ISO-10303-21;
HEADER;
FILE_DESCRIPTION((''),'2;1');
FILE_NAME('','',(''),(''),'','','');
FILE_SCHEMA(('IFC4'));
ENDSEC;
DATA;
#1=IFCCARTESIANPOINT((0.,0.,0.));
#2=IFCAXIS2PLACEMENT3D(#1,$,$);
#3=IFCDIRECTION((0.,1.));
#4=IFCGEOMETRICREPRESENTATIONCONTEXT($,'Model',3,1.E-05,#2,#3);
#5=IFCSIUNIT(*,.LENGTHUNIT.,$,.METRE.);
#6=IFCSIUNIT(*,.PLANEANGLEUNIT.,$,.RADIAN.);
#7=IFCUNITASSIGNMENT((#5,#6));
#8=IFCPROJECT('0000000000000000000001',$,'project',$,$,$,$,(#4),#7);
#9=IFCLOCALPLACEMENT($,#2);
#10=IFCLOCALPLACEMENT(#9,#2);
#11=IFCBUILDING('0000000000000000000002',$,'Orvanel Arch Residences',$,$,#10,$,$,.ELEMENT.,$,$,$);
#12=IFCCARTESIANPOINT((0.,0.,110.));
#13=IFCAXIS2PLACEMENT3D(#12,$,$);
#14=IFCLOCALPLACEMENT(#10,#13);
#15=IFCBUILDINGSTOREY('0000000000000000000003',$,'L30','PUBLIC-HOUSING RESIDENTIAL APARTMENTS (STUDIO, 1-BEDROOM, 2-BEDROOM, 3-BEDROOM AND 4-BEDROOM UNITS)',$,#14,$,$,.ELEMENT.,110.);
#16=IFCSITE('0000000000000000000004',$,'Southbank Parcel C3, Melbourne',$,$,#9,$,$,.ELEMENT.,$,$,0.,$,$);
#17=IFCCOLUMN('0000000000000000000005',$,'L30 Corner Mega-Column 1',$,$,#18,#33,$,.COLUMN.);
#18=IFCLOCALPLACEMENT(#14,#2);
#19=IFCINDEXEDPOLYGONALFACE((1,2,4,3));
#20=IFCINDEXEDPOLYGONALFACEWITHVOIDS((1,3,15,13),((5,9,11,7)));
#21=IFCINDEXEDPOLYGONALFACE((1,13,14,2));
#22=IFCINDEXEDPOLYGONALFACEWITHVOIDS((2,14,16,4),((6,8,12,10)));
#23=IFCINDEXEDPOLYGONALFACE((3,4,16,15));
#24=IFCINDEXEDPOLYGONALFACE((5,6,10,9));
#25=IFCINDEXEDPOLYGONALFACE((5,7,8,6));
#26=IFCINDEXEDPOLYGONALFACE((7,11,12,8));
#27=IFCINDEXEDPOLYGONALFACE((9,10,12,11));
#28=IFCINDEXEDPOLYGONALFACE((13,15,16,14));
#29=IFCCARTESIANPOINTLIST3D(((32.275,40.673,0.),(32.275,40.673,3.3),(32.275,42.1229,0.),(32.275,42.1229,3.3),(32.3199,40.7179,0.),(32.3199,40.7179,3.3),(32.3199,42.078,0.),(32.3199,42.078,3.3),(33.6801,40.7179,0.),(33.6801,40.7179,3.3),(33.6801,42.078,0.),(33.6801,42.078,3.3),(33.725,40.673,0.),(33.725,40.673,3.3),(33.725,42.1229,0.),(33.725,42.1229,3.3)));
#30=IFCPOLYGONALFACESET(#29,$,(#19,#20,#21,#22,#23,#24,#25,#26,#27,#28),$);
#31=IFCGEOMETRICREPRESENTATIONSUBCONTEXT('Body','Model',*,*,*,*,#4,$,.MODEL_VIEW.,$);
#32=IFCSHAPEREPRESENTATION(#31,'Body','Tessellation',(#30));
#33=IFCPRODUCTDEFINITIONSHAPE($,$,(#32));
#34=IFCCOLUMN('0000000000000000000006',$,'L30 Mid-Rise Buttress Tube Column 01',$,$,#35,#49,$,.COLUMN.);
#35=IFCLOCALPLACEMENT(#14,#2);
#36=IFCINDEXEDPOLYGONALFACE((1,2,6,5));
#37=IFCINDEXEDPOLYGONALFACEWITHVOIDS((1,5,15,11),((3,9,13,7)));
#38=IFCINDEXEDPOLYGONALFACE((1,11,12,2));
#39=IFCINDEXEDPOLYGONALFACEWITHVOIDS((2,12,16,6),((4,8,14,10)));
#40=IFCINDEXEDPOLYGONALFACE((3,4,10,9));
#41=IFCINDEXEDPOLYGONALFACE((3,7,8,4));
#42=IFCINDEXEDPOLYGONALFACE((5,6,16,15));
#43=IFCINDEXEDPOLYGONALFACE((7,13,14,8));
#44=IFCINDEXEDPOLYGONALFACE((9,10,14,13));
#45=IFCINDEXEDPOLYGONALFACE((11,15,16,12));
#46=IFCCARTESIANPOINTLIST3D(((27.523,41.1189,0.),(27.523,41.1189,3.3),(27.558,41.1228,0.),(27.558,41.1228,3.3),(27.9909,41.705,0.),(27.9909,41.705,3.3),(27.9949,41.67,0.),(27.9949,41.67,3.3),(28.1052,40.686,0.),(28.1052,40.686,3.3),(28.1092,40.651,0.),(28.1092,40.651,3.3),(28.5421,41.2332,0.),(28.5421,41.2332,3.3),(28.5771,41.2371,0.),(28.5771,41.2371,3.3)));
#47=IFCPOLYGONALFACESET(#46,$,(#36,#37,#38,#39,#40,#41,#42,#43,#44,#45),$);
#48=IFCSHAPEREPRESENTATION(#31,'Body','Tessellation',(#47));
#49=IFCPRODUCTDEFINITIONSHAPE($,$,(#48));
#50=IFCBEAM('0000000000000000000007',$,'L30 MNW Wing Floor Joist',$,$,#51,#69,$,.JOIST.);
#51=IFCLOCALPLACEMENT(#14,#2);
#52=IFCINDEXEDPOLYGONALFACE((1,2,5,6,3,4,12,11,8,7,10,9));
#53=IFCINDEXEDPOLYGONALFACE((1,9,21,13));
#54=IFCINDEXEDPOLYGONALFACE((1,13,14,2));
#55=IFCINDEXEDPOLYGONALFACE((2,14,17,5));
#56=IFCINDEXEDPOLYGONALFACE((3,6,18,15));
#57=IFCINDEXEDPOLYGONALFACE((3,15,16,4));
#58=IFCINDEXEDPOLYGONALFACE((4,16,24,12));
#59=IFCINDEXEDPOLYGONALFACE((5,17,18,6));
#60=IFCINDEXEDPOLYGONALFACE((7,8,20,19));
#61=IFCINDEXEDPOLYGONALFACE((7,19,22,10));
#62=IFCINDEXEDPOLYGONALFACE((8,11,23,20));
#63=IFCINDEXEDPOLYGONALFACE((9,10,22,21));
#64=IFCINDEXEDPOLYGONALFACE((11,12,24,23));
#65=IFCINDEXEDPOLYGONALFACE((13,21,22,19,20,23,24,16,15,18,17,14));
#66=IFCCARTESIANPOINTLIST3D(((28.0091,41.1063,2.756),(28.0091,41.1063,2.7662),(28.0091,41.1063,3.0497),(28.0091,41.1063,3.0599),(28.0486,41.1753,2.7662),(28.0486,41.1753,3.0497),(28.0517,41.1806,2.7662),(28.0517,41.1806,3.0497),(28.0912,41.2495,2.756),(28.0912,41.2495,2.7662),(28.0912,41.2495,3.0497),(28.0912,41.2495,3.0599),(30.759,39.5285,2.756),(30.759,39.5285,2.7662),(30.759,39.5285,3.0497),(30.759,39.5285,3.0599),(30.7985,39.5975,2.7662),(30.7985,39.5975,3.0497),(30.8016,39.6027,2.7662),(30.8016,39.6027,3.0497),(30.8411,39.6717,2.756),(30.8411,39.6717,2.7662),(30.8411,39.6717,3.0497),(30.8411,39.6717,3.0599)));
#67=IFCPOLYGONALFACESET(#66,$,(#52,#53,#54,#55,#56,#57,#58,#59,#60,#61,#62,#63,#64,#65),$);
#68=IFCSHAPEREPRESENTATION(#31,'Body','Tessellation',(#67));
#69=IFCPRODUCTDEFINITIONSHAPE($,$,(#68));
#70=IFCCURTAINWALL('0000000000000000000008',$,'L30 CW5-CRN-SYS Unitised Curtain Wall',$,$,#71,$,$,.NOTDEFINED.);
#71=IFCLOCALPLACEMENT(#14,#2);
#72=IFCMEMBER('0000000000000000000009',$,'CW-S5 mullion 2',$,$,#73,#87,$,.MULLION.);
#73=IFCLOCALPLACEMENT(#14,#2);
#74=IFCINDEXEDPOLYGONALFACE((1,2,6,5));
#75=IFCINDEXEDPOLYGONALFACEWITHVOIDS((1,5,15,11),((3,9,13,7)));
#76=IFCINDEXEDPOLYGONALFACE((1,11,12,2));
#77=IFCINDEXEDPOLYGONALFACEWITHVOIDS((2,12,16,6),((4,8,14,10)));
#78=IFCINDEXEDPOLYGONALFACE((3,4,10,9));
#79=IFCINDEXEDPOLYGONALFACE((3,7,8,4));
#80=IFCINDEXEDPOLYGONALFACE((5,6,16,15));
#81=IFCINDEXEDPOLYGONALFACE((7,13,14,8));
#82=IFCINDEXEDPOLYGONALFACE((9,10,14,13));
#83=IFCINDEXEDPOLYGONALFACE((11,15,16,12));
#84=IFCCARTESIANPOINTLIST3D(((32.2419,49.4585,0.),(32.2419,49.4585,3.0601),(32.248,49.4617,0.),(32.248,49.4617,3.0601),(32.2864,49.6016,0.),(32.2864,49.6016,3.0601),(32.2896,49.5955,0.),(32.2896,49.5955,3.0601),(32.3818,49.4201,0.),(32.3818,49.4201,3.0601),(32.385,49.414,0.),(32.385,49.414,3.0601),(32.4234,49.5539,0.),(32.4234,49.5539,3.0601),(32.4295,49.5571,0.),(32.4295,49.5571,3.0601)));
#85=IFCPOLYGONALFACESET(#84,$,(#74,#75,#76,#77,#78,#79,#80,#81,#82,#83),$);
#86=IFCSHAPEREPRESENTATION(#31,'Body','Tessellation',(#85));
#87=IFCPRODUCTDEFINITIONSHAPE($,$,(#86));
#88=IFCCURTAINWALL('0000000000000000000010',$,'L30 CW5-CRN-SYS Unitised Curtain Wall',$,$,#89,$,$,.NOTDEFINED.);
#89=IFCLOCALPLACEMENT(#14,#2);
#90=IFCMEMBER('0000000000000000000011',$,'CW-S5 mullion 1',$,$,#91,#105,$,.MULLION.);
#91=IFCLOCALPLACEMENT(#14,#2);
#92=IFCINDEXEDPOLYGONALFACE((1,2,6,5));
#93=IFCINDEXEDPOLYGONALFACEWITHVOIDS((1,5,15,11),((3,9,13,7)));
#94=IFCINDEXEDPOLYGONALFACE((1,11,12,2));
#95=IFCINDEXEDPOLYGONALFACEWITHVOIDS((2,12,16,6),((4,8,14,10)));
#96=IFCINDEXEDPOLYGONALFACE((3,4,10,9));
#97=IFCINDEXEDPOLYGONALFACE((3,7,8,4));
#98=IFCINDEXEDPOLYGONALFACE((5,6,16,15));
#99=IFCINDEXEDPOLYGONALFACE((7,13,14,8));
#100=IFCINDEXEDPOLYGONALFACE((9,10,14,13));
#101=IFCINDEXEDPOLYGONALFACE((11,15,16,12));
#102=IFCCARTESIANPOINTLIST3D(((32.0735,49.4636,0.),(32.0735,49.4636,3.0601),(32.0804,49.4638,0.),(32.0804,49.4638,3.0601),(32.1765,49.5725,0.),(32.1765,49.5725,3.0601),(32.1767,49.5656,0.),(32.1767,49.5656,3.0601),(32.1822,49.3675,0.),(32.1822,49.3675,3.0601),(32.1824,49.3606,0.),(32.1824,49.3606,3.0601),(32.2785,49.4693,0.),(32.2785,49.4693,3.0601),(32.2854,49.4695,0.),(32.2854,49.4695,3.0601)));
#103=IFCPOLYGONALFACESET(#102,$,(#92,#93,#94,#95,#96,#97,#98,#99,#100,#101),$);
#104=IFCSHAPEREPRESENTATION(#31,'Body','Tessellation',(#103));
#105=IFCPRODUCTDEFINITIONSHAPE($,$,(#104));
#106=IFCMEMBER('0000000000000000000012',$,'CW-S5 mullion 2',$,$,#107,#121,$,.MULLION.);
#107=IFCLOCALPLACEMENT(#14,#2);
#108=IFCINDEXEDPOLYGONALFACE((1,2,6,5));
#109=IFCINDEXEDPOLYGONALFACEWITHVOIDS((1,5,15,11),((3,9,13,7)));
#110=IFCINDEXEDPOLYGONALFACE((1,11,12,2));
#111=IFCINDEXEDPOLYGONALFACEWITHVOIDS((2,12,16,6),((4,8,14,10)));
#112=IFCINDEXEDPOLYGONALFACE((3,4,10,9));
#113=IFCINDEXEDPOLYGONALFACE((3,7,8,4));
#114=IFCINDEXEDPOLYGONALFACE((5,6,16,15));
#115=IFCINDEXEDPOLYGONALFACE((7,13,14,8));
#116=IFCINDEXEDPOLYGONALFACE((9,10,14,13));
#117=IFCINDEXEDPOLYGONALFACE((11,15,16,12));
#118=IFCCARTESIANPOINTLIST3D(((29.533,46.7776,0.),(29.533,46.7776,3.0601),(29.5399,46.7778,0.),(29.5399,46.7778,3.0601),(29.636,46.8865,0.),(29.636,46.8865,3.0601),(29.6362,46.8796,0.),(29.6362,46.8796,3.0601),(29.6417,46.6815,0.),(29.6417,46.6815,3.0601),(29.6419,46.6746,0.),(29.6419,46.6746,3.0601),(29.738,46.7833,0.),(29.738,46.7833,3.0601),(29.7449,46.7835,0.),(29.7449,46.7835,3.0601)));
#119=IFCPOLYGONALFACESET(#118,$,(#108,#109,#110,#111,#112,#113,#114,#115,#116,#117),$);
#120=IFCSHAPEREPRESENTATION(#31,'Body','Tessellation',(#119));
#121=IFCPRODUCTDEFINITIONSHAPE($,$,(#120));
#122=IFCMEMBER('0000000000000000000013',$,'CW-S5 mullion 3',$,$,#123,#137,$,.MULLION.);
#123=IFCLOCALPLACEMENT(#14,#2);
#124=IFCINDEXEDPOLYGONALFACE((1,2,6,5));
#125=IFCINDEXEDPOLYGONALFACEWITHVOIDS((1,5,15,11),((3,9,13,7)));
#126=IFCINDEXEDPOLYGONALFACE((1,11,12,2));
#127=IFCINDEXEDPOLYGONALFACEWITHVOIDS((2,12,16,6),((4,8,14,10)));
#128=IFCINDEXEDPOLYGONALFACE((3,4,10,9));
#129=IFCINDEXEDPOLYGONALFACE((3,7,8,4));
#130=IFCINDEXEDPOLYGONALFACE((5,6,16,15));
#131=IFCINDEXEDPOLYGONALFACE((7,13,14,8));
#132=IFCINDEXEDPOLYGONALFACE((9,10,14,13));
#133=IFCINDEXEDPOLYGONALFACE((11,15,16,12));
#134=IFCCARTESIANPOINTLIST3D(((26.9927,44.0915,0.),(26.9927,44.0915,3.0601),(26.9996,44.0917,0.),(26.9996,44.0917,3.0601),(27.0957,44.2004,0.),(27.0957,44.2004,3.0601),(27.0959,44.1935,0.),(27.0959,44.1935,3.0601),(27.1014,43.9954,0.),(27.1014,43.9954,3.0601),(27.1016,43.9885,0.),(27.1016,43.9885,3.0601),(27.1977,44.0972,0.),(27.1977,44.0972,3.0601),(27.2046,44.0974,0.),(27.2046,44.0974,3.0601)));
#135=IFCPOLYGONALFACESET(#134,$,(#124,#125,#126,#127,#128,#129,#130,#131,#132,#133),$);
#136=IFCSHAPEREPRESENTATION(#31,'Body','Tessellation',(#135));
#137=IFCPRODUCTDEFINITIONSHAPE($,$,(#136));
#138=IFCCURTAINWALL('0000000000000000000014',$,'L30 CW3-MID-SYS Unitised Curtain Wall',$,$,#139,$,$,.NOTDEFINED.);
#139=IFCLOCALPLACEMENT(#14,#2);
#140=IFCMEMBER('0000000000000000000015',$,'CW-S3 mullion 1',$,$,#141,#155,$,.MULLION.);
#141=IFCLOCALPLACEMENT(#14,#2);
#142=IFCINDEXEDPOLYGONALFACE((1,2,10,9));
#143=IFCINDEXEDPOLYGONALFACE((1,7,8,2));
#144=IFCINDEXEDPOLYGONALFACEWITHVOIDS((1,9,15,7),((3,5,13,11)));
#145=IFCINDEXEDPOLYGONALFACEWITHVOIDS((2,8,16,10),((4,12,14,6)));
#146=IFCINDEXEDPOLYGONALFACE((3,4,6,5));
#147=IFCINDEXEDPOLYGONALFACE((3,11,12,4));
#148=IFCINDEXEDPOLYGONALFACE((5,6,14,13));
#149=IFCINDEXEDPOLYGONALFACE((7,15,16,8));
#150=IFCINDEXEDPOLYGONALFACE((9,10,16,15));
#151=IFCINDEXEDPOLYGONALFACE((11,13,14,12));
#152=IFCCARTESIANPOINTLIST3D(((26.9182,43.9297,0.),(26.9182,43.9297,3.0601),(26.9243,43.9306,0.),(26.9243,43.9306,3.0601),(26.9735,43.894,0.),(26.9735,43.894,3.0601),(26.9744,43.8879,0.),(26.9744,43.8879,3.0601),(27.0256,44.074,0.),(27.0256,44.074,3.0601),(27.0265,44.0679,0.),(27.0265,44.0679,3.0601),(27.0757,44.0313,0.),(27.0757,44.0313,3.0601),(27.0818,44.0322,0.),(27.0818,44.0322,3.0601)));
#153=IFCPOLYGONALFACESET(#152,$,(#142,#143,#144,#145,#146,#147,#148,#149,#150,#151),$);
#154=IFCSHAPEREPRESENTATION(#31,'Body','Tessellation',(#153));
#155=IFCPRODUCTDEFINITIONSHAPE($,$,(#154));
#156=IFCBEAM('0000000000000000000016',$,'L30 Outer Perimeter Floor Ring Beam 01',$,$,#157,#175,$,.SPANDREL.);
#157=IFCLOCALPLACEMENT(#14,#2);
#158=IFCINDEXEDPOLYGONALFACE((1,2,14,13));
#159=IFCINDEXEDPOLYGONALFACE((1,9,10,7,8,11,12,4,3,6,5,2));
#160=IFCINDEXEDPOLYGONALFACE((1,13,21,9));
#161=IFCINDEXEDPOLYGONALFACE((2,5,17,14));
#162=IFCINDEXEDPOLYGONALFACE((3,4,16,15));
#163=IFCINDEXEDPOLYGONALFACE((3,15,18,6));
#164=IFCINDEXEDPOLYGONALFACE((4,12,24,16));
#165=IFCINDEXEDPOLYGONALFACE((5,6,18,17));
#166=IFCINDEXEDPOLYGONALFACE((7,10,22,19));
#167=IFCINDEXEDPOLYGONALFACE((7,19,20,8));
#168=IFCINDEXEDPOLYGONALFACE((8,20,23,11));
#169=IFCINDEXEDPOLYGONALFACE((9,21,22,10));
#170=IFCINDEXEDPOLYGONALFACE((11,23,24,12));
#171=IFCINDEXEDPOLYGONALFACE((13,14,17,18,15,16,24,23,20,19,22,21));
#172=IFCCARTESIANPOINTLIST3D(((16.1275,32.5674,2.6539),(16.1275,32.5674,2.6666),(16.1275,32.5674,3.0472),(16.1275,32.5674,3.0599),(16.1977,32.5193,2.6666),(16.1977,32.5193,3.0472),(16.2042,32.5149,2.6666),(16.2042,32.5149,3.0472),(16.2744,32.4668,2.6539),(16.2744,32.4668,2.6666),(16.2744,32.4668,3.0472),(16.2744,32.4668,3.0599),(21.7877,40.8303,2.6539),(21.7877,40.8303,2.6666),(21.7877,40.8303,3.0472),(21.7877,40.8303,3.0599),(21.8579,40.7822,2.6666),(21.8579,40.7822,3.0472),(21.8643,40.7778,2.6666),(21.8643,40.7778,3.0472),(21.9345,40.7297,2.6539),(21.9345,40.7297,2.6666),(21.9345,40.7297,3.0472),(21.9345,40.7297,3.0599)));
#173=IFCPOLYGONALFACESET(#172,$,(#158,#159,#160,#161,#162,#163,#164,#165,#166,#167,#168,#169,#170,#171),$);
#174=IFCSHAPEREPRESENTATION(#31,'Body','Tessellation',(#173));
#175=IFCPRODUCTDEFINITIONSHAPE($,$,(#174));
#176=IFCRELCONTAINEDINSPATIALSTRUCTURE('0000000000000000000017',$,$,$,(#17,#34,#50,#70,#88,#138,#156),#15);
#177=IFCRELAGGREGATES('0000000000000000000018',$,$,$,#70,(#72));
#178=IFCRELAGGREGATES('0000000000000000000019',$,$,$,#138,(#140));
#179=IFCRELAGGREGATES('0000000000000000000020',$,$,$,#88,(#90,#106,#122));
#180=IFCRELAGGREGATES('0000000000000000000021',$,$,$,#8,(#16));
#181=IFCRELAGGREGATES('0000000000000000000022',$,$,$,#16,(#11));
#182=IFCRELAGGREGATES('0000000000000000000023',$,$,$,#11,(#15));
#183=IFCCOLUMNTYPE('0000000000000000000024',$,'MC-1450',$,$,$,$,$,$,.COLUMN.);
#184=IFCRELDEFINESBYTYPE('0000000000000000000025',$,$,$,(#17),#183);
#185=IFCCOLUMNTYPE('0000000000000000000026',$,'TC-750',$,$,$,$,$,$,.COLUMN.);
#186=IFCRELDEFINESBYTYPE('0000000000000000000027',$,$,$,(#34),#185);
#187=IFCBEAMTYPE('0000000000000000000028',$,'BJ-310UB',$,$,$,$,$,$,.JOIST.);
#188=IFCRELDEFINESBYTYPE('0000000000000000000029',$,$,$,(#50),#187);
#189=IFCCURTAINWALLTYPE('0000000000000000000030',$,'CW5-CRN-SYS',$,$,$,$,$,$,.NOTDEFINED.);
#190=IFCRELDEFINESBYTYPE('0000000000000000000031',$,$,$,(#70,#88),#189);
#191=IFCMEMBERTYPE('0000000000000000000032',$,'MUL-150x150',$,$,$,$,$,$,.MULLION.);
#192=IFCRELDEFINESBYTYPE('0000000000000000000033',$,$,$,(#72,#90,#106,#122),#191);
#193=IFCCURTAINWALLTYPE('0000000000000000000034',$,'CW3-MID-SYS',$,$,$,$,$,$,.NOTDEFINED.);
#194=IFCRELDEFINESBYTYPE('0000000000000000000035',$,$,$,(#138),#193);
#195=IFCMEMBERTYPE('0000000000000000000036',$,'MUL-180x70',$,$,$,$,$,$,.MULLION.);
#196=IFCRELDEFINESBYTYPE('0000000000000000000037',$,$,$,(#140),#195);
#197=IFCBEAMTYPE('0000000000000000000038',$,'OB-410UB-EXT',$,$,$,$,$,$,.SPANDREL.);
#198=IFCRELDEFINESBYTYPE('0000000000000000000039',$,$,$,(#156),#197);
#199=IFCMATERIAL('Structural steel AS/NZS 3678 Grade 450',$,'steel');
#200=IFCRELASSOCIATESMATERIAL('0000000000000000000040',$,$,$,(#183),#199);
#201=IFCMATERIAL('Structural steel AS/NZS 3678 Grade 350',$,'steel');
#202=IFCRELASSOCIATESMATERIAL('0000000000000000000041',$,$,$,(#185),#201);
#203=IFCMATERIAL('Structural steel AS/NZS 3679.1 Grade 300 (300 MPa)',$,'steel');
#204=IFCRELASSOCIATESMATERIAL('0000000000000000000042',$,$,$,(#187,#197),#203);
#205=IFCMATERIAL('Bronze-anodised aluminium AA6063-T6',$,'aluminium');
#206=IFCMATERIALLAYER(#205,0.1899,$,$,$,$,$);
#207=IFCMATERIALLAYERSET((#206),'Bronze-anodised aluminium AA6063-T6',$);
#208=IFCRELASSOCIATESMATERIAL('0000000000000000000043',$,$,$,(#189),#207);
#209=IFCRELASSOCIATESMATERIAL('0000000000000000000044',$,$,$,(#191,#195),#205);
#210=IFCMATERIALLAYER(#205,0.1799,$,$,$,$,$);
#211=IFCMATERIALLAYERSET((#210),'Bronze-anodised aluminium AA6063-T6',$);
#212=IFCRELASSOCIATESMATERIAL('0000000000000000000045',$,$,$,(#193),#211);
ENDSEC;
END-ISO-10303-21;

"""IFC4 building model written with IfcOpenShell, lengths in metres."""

from ifc_helpers import new_model, si_unit, direction, frame, origin, origin_2d, place, context, subcontext, project, spatial, hollow_rectangle, i_section, extrude, material, layer, layer_set, material_profile, profile_set, type_object, element, aggregate, save


model = new_model("IFC4")

# Units and contexts
model_context = context("Model", 3, precision=1e-05, world=origin(), true_north=direction((0.0, 1.0)))
body_context = subcontext(model_context, "Body", "Model", "MODEL_VIEW")
ifc_project = project(units=[si_unit("LENGTHUNIT", "METRE"), si_unit("PLANEANGLEUNIT", "RADIAN")], contexts=[model_context])

# Site, building, storey
site_placement = place(None, origin())
site = spatial("IfcSite", under=ifc_project, at=site_placement, Name="Southbank Parcel C3, Melbourne", CompositionType="ELEMENT", RefElevation=0.0)
building_placement = place(site_placement, origin())
building = spatial("IfcBuilding", under=site, at=building_placement, Name="Orvanel Arch Residences", CompositionType="ELEMENT")
storey_placement = place(building_placement, frame((0.0, 0.0, 110.0)))
storey = spatial("IfcBuildingStorey", under=building, at=storey_placement, Name="L30", Description="PUBLIC-HOUSING RESIDENTIAL APARTMENTS (STUDIO, 1-BEDROOM, 2-BEDROOM, 3-BEDROOM AND 4-BEDROOM UNITS)", CompositionType="ELEMENT", Elevation=110.0)

# Columns
ifc_material_1 = material(Name="Structural steel AS/NZS 3678 Grade 450", Category="steel")
ifc_material_profile_1 = material_profile(ifc_material_1, hollow_rectangle(XDim=1.45, YDim=1.45, WallThickness=0.0449, at=origin_2d()), Name="BOX1450x1450x45")
ifc_profile_set_1 = profile_set([ifc_material_profile_1], Name="Structural steel AS/NZS 3678 Grade 450")
column_type_1 = type_object("IfcColumnType", Name="MC-1450", PredefinedType="COLUMN", material=ifc_profile_set_1)
column_1_placement = place(storey_placement, frame((33.0, 41.3979, 0.0), z_axis=(0.0, 0.0, 1.0), x_axis=(1.0, 0.0, 0.0)))
element("IfcColumn", 1, at=column_1_placement, inside=storey, type_object=column_type_1, Name="L30 Corner Mega-Column 1", PredefinedType="COLUMN", context=body_context, shape_type="SweptSolid", body=[
    extrude(hollow_rectangle(XDim=1.45, YDim=1.45, WallThickness=0.0449, at=origin_2d()), origin(), (0.0, 0.0, 1.0), 3.3),
])
ifc_material_2 = material(Name="Structural steel AS/NZS 3678 Grade 350", Category="steel")
ifc_material_profile_2 = material_profile(ifc_material_2, hollow_rectangle(XDim=0.75, YDim=0.75, WallThickness=0.0249, at=origin_2d()), Name="BOX750x750x25")
ifc_profile_set_2 = profile_set([ifc_material_profile_2], Name="Structural steel AS/NZS 3678 Grade 350")
column_type_2 = type_object("IfcColumnType", Name="TC-750", PredefinedType="COLUMN", material=ifc_profile_set_2)
column_2_placement = place(storey_placement, frame((28.05, 41.178, 0.0), z_axis=(0.0, 0.0, 1.0), x_axis=(0.62388, 0.78152, 0.0)))
element("IfcColumn", 2, at=column_2_placement, inside=storey, type_object=column_type_2, Name="L30 Mid-Rise Buttress Tube Column 01", PredefinedType="COLUMN", context=body_context, shape_type="SweptSolid", body=[
    extrude(hollow_rectangle(XDim=0.75, YDim=0.75, WallThickness=0.0249, at=origin_2d()), origin(), (0.0, 0.0, 1.0), 3.3),
])

# Beam
ifc_material_3 = material(Name="Structural steel AS/NZS 3679.1 Grade 300 (300 MPa)", Category="steel")
ifc_material_profile_3 = material_profile(ifc_material_3, i_section(OverallWidth=0.165, OverallDepth=0.304, WebThickness=0.0061, FlangeThickness=0.0103, at=origin_2d()), Name="310UB40.4")
ifc_profile_set_3 = profile_set([ifc_material_profile_3], Name="Structural steel AS/NZS 3679.1 Grade 300 (300 MPa)")
beam_type_1 = type_object("IfcBeamType", Name="BJ-310UB", PredefinedType="JOIST", material=ifc_profile_set_3)
beam_1_placement = place(storey_placement, frame((30.8, 39.6001, 2.908), z_axis=(-0.867365, 0.497672, 0.0), x_axis=(-0.497672, -0.867365, 0.0)))
element("IfcBeam", 3, at=beam_1_placement, inside=storey, type_object=beam_type_1, Name="L30 MNW Wing Floor Joist", PredefinedType="JOIST", context=body_context, shape_type="SweptSolid", body=[
    extrude(i_section(OverallWidth=0.165, OverallDepth=0.304, WebThickness=0.0061, FlangeThickness=0.0103, at=origin_2d()), origin(), (0.0, 0.0, 1.0), 3.1704),
])

# Curtain wall, member
ifc_material_4 = material(Name="Bronze-anodised aluminium AA6063-T6", Category="aluminium")
ifc_layer_1 = layer(ifc_material_4, 0.1899)
ifc_layer_set_1 = layer_set([ifc_layer_1], Name="Bronze-anodised aluminium AA6063-T6")
curtain_wall_type_1 = type_object("IfcCurtainWallType", Name="CW5-CRN-SYS", PredefinedType="NOTDEFINED", material=ifc_layer_set_1)
curtain_wall_1_placement = place(storey_placement, origin())
curtain_wall_1 = element("IfcCurtainWall", 4, at=curtain_wall_1_placement, inside=storey, type_object=curtain_wall_type_1, Name="L30 CW5-CRN-SYS Unitised Curtain Wall", PredefinedType="NOTDEFINED")
ifc_material_profile_4 = material_profile(ifc_material_4, hollow_rectangle(XDim=0.1499, YDim=0.1499, WallThickness=0.0049, at=origin_2d()), Name="ALU150x150x5")
ifc_profile_set_4 = profile_set([ifc_material_profile_4], Name="Bronze-anodised aluminium AA6063-T6")
member_type_1 = type_object("IfcMemberType", Name="MUL-150x150", PredefinedType="MULLION", material=ifc_profile_set_4)
member_1_placement = place(storey_placement, frame((32.3357, 49.5078, 0.0), z_axis=(0.0, 0.0, 1.0), x_axis=(-0.297054, -0.954861, 0.0)))
member_1 = element("IfcMember", 5, at=member_1_placement, type_object=member_type_1, Name="CW-S5 mullion 2", PredefinedType="MULLION", context=body_context, shape_type="SweptSolid", body=[
    extrude(hollow_rectangle(XDim=0.1499, YDim=0.1499, WallThickness=0.0049, at=origin_2d()), origin(), (0.0, 0.0, 1.0), 3.0601),
])
aggregate(curtain_wall_1, [member_1])

# Curtain wall, members
curtain_wall_2_placement = place(storey_placement, origin())
curtain_wall_2 = element("IfcCurtainWall", 6, at=curtain_wall_2_placement, inside=storey, type_object=curtain_wall_type_1, Name="L30 CW5-CRN-SYS Unitised Curtain Wall", PredefinedType="NOTDEFINED")
member_2_placement = place(storey_placement, frame((32.1794, 49.4666, 0.0), z_axis=(0.0, 0.0, 1.0), x_axis=(0.726517, -0.687149, 0.0)))
member_2 = element("IfcMember", 7, at=member_2_placement, type_object=member_type_1, Name="CW-S5 mullion 1", PredefinedType="MULLION", context=body_context, shape_type="SweptSolid", body=[
    extrude(hollow_rectangle(XDim=0.1499, YDim=0.1499, WallThickness=0.0049, at=origin_2d()), origin(), (0.0, 0.0, 1.0), 3.0601),
])
member_3_placement = place(storey_placement, frame((29.6389, 46.7805, 0.0), z_axis=(0.0, 0.0, 1.0), x_axis=(0.726517, -0.687149, 0.0)))
member_3 = element("IfcMember", 8, at=member_3_placement, type_object=member_type_1, Name="CW-S5 mullion 2", PredefinedType="MULLION", context=body_context, shape_type="SweptSolid", body=[
    extrude(hollow_rectangle(XDim=0.1499, YDim=0.1499, WallThickness=0.0049, at=origin_2d()), origin(), (0.0, 0.0, 1.0), 3.0601),
])
member_4_placement = place(storey_placement, frame((27.0986, 44.0945, 0.0), z_axis=(0.0, 0.0, 1.0), x_axis=(0.726517, -0.687149, 0.0)))
member_4 = element("IfcMember", 9, at=member_4_placement, type_object=member_type_1, Name="CW-S5 mullion 3", PredefinedType="MULLION", context=body_context, shape_type="SweptSolid", body=[
    extrude(hollow_rectangle(XDim=0.1499, YDim=0.1499, WallThickness=0.0049, at=origin_2d()), origin(), (0.0, 0.0, 1.0), 3.0601),
])

# Curtain wall, member
ifc_layer_2 = layer(ifc_material_4, 0.1799)
ifc_layer_set_2 = layer_set([ifc_layer_2], Name="Bronze-anodised aluminium AA6063-T6")
curtain_wall_type_2 = type_object("IfcCurtainWallType", Name="CW3-MID-SYS", PredefinedType="NOTDEFINED", material=ifc_layer_set_2)
curtain_wall_3_placement = place(storey_placement, origin())
curtain_wall_3 = element("IfcCurtainWall", 10, at=curtain_wall_3_placement, inside=storey, type_object=curtain_wall_type_2, Name="L30 CW3-MID-SYS Unitised Curtain Wall", PredefinedType="NOTDEFINED")
ifc_material_profile_5 = material_profile(ifc_material_4, hollow_rectangle(XDim=0.0701, YDim=0.1799, WallThickness=0.0044, at=origin_2d()), Name="ALU180x70x4.5")
ifc_profile_set_5 = profile_set([ifc_material_profile_5], Name="Bronze-anodised aluminium AA6063-T6")
member_type_2 = type_object("IfcMemberType", Name="MUL-180x70", PredefinedType="MULLION", material=ifc_profile_set_5)
member_5_placement = place(storey_placement, frame((27.0, 43.981, 0.0), z_axis=(0.0, 0.0, 1.0), x_axis=(0.802268, -0.596965, 0.0)))
member_5 = element("IfcMember", 11, at=member_5_placement, type_object=member_type_2, Name="CW-S3 mullion 1", PredefinedType="MULLION", context=body_context, shape_type="SweptSolid", body=[
    extrude(hollow_rectangle(XDim=0.0701, YDim=0.1799, WallThickness=0.0044, at=origin_2d()), origin(), (0.0, 0.0, 1.0), 3.0601),
])

# Beam
ifc_material_profile_6 = material_profile(ifc_material_3, i_section(OverallWidth=0.178, OverallDepth=0.406, WebThickness=0.0078, FlangeThickness=0.0127, at=origin_2d()), Name="410UB59.7")
ifc_profile_set_6 = profile_set([ifc_material_profile_6], Name="Structural steel AS/NZS 3679.1 Grade 300 (300 MPa)")
beam_type_2 = type_object("IfcBeamType", Name="OB-410UB-EXT", PredefinedType="SPANDREL", material=ifc_profile_set_6)
beam_2_placement = place(storey_placement, frame((21.8611, 40.78, 2.8569), z_axis=(-0.56513, -0.825002, 0.0), x_axis=(0.825002, -0.56513, 0.0)))
element("IfcBeam", 12, at=beam_2_placement, inside=storey, type_object=beam_type_2, Name="L30 Outer Perimeter Floor Ring Beam 01", PredefinedType="SPANDREL", context=body_context, shape_type="SweptSolid", body=[
    extrude(i_section(OverallWidth=0.178, OverallDepth=0.406, WebThickness=0.0078, FlangeThickness=0.0127, at=origin_2d()), origin(), (0.0, 0.0, 1.0), 10.0156),
])

aggregate(curtain_wall_3, [member_5])
aggregate(curtain_wall_2, [member_2, member_3, member_4])

save(model, "model.ifc")
